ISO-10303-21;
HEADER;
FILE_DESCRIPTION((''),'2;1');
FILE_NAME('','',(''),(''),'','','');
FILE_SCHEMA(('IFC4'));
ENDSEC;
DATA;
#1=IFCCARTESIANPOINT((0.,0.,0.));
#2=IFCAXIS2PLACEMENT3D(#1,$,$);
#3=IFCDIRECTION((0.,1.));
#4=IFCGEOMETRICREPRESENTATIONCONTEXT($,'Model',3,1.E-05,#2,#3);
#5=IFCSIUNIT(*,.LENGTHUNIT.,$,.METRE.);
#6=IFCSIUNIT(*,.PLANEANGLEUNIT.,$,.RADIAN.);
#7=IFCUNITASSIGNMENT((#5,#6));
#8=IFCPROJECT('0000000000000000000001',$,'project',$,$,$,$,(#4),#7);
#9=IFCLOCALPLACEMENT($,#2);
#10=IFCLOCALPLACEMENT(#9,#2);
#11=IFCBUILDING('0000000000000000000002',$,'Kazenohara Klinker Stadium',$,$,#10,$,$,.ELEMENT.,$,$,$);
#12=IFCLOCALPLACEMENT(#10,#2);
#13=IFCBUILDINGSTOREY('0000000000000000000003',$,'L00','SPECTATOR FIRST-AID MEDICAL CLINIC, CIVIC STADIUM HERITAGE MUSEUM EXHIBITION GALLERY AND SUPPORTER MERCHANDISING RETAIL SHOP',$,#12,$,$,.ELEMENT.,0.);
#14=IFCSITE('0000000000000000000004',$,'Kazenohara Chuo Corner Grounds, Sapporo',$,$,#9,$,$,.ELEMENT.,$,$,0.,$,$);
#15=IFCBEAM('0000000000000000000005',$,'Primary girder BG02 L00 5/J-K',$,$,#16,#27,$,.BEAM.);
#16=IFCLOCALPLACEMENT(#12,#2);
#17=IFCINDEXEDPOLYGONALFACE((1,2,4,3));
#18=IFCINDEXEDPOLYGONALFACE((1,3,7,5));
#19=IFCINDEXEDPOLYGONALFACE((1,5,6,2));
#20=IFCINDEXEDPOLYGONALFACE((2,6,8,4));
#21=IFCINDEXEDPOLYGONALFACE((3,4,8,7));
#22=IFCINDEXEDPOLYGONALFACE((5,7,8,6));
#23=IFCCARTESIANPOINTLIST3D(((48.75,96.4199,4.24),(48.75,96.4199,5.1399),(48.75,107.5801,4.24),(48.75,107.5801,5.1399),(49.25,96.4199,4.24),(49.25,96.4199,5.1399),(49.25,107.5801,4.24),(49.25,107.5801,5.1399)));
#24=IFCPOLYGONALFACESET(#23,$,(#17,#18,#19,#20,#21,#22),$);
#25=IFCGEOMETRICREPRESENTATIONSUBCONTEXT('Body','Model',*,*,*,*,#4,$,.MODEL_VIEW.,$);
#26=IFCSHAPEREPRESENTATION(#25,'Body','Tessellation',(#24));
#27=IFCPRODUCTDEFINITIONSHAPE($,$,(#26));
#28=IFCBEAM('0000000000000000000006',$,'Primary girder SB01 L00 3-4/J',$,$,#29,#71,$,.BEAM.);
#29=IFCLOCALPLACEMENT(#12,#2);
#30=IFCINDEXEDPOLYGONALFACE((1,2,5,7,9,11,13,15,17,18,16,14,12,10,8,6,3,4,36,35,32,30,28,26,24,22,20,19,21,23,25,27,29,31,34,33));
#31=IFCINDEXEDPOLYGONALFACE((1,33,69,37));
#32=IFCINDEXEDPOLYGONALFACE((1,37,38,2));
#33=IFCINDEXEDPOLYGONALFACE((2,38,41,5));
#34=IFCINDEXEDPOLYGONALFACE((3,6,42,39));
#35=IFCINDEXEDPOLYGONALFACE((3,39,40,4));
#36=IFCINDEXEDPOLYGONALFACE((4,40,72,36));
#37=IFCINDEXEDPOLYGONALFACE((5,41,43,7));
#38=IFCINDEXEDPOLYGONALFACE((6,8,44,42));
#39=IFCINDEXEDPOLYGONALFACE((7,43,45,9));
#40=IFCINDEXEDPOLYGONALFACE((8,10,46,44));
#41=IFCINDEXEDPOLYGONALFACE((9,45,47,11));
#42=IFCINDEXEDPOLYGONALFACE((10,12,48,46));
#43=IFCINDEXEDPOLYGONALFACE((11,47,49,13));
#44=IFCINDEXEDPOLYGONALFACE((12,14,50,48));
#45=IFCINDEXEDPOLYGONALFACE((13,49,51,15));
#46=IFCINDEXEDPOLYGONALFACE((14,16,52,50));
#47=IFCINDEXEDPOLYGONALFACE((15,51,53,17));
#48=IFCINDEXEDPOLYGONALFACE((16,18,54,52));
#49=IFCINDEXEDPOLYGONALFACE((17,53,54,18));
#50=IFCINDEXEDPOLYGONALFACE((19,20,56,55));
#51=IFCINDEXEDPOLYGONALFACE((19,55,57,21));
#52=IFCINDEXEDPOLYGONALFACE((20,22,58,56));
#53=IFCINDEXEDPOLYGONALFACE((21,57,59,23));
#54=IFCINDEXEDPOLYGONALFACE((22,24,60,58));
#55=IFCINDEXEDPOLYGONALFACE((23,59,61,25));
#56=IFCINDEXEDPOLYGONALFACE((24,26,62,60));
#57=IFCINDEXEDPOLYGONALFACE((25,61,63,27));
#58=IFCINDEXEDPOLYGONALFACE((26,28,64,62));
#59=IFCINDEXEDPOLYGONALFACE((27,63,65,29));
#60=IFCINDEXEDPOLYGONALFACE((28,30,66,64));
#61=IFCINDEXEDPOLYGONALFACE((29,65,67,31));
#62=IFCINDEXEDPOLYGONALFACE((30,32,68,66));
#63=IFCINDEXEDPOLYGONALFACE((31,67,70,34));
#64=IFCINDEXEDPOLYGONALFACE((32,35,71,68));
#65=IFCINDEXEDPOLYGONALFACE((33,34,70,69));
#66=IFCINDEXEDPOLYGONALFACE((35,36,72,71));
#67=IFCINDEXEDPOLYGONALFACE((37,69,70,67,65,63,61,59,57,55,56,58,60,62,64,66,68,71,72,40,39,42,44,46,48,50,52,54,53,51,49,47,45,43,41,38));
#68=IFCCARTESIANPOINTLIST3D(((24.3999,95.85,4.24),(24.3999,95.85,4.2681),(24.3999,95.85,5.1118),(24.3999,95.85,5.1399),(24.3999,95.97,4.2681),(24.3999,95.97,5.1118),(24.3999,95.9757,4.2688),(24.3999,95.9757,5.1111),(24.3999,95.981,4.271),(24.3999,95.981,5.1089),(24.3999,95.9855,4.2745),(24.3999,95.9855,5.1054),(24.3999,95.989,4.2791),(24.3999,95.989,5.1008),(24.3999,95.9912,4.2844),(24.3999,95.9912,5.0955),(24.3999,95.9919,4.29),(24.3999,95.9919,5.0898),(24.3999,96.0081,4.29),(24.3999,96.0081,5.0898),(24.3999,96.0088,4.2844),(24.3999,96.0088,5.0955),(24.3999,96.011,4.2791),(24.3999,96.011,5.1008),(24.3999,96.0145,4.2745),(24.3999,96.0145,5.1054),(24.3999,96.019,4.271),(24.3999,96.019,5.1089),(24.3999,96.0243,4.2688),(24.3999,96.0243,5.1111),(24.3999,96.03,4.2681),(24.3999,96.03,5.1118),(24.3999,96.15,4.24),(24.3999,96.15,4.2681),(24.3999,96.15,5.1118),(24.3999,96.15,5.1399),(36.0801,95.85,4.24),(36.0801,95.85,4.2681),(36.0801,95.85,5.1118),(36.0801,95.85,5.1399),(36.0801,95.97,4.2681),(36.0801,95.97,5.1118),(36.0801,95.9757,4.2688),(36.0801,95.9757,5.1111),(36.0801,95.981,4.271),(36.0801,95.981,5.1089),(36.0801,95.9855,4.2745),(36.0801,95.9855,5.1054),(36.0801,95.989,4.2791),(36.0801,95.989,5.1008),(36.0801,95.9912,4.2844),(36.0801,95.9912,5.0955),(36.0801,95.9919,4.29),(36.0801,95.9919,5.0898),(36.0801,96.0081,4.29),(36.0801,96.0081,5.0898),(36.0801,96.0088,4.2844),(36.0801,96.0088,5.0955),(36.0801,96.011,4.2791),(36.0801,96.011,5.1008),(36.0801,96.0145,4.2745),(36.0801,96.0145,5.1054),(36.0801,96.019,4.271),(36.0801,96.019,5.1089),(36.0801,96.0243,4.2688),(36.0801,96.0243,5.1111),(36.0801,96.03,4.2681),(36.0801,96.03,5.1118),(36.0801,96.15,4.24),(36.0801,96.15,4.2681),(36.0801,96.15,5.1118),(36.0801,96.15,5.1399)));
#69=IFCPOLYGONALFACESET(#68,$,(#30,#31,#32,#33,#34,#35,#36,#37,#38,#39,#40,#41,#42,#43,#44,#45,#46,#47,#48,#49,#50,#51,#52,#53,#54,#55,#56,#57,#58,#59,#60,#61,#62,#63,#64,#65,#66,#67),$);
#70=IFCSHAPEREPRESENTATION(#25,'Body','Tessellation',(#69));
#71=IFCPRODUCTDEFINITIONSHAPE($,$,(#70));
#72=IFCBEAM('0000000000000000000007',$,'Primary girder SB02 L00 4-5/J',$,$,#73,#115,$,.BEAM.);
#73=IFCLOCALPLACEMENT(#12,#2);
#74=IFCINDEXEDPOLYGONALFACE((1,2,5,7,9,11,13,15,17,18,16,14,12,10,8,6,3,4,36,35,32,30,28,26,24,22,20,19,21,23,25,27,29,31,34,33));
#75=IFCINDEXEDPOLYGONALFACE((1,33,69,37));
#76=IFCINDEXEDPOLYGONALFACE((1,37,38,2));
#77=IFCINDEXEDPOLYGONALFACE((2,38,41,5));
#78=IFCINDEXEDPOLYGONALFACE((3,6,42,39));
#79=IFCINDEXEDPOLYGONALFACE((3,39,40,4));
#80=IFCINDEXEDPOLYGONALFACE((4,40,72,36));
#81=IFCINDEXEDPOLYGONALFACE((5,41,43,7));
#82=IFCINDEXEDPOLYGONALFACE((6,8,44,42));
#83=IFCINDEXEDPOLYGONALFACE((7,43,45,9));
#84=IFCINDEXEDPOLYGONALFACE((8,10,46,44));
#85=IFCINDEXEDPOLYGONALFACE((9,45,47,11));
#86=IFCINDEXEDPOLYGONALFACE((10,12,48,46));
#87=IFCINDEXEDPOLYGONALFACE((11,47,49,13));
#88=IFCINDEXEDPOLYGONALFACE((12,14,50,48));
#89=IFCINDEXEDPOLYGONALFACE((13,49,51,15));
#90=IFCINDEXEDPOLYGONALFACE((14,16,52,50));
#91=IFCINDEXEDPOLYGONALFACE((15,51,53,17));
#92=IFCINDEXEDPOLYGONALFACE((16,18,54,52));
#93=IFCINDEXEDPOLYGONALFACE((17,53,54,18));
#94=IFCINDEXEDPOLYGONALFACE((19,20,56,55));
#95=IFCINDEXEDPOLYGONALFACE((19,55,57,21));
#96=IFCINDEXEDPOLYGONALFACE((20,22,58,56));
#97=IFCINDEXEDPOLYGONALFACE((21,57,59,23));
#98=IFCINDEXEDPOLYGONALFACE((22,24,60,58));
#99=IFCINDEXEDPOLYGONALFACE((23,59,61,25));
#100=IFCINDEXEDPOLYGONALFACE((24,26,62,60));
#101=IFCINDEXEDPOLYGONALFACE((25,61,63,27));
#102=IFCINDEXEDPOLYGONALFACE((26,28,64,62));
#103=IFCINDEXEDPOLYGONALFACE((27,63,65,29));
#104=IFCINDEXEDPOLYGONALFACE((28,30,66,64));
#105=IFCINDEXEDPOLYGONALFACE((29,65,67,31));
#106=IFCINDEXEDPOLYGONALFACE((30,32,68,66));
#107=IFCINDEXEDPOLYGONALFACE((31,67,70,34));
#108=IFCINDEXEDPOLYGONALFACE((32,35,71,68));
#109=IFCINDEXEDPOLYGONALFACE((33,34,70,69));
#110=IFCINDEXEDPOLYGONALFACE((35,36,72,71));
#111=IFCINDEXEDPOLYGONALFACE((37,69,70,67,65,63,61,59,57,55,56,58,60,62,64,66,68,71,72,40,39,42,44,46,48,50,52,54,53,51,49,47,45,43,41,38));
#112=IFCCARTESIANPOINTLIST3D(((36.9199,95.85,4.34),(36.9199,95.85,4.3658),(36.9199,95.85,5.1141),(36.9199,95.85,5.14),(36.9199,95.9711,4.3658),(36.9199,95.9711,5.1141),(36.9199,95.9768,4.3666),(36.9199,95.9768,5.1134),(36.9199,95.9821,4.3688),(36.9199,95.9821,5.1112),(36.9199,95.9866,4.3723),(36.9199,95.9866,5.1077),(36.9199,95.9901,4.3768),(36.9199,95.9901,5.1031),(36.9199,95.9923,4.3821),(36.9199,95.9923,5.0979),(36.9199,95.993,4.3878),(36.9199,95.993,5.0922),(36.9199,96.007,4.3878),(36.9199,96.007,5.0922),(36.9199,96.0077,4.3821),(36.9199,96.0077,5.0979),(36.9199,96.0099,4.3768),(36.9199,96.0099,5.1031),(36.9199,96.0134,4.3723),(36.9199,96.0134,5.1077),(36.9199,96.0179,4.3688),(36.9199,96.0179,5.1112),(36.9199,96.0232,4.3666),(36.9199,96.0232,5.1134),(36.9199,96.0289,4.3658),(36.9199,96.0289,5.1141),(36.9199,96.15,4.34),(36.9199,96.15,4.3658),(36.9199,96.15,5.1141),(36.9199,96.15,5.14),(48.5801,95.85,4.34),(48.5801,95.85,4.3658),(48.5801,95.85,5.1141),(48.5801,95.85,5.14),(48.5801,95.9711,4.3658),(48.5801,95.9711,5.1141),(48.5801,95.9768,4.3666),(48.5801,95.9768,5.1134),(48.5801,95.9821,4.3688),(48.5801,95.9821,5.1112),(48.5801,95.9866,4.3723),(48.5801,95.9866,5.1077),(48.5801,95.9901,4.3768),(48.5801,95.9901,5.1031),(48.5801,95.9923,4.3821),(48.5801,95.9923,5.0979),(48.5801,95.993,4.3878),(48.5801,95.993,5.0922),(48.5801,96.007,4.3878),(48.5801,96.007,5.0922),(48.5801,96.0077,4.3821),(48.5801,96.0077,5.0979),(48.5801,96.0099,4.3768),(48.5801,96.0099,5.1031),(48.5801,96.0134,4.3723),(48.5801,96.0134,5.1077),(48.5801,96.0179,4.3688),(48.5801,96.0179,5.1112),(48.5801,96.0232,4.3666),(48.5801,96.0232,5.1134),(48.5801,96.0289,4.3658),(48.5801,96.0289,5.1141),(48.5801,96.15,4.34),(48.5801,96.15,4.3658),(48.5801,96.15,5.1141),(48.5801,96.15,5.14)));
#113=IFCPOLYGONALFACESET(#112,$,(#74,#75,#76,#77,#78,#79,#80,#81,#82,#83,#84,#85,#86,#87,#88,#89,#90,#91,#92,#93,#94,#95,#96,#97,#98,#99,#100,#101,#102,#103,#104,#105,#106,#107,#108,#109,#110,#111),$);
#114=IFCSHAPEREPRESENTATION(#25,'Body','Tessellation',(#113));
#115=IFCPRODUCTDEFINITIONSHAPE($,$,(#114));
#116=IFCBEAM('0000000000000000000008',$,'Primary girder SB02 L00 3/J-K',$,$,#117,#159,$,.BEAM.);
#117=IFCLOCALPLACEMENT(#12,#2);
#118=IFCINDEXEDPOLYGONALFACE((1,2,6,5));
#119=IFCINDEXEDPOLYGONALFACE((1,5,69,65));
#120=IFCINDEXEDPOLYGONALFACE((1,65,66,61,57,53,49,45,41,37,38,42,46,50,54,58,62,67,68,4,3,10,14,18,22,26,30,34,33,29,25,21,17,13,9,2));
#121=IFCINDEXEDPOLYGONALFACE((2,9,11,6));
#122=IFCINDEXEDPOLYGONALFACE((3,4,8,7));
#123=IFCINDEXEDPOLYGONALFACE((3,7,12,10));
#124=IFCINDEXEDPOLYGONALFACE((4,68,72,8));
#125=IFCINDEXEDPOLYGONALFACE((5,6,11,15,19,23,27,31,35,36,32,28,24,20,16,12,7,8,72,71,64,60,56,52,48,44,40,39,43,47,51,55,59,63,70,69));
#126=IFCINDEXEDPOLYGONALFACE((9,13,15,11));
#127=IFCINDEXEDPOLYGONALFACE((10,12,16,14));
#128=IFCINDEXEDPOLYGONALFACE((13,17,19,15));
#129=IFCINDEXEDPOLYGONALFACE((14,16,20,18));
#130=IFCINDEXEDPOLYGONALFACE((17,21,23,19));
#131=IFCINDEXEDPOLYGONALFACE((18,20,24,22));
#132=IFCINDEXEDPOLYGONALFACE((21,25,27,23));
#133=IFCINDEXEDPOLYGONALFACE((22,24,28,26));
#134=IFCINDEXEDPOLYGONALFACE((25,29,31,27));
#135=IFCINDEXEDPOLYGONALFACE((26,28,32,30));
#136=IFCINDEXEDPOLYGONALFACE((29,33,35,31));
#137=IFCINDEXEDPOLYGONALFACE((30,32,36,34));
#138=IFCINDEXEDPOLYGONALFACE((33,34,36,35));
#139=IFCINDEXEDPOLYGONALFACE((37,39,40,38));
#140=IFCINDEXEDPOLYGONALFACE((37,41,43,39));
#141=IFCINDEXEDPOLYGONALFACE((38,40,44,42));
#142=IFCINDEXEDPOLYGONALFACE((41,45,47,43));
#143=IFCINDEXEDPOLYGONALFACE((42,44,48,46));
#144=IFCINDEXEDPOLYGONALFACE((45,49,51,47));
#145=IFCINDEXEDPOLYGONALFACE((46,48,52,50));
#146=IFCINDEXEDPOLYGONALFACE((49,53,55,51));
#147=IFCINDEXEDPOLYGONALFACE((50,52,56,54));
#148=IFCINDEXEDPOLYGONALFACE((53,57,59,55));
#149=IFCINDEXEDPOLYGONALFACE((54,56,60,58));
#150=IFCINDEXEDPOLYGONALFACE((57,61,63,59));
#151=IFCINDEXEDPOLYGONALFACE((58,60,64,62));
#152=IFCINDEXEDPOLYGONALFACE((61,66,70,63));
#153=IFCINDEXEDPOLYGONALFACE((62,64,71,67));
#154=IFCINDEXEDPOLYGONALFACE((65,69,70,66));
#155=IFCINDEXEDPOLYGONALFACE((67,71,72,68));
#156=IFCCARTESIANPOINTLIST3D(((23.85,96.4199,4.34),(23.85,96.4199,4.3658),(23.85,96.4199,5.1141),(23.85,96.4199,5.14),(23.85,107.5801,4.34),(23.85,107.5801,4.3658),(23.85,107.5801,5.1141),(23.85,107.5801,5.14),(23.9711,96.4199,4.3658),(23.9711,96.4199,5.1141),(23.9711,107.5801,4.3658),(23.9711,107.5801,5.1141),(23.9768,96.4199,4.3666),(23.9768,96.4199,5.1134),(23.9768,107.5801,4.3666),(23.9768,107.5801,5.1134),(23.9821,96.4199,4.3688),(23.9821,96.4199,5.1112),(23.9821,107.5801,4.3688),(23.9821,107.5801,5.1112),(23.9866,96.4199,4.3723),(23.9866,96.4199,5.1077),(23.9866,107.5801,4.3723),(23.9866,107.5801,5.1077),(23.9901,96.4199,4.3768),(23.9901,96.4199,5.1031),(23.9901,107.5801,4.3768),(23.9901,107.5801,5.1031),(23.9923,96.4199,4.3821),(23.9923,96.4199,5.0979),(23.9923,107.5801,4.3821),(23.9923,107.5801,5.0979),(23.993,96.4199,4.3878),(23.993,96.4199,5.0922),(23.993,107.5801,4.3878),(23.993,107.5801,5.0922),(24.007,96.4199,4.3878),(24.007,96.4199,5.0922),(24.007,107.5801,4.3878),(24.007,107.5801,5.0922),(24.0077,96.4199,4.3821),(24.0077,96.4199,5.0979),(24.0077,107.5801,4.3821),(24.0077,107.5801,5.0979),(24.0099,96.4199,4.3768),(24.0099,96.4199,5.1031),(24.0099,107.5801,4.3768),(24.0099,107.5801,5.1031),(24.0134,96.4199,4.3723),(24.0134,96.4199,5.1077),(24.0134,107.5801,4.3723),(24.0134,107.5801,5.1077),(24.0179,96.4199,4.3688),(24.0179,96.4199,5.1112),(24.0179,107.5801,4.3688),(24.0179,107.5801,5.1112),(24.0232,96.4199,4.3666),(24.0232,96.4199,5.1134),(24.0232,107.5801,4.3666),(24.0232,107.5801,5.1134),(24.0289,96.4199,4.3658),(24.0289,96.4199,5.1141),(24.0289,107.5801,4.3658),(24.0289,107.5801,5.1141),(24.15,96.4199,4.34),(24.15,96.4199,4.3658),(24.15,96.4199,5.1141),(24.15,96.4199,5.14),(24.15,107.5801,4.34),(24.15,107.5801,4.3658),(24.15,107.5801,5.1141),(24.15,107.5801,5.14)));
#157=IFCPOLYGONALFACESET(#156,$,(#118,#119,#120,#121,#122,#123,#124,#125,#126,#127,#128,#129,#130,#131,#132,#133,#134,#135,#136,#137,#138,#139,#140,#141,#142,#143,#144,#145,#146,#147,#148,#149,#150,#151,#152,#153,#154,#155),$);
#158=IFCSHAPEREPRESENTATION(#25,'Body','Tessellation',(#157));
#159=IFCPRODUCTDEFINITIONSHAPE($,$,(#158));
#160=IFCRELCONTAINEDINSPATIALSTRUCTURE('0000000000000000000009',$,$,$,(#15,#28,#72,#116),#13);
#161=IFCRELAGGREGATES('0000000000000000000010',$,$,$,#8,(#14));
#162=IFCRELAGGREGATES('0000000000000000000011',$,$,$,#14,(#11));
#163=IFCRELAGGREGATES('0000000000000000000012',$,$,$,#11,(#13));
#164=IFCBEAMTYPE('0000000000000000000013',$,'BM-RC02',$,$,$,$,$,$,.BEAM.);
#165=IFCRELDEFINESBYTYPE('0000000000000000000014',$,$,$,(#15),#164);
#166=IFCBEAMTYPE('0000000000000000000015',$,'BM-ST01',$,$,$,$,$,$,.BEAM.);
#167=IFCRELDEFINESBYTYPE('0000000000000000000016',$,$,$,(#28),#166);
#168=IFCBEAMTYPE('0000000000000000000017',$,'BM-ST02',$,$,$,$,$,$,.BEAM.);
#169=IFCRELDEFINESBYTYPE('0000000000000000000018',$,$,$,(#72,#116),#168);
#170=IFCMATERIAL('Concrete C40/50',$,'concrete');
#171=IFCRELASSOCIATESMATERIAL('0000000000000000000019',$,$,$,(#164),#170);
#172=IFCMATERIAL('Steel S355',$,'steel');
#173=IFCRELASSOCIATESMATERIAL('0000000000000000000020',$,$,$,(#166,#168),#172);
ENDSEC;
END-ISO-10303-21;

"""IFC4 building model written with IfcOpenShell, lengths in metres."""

from ifc_helpers import new_model, si_unit, direction, frame, origin, origin_2d, place, context, subcontext, project, spatial, rectangle, i_section, extrude, material, material_profile, profile_set, type_object, element, save


model = new_model("IFC4")

# Units and contexts
model_context = context("Model", 3, precision=1e-05, world=origin(), true_north=direction((0.0, 1.0)))
body_context = subcontext(model_context, "Body", "Model", "MODEL_VIEW")
ifc_project = project(units=[si_unit("LENGTHUNIT", "METRE"), si_unit("PLANEANGLEUNIT", "RADIAN")], contexts=[model_context])

# Site, building, storey
site_placement = place(None, origin())
site = spatial("IfcSite", under=ifc_project, at=site_placement, Name="Kazenohara Chuo Corner Grounds, Sapporo", CompositionType="ELEMENT", RefElevation=0.0)
building_placement = place(site_placement, origin())
building = spatial("IfcBuilding", under=site, at=building_placement, Name="Kazenohara Klinker Stadium", CompositionType="ELEMENT")
storey_placement = place(building_placement, origin())
storey = spatial("IfcBuildingStorey", under=building, at=storey_placement, Name="L00", Description="SPECTATOR FIRST-AID MEDICAL CLINIC, CIVIC STADIUM HERITAGE MUSEUM EXHIBITION GALLERY AND SUPPORTER MERCHANDISING RETAIL SHOP", CompositionType="ELEMENT", Elevation=0.0)

# Shared definitions
ifc_material_1 = material(Name="Concrete C40/50", Category="concrete")

# Beams
ifc_material_2 = material(Name="Steel S355", Category="steel")
ifc_material_profile_1 = material_profile(ifc_material_1, rectangle(XDim=0.5, YDim=0.8999, at=origin_2d()), Name="RC-BM-500x900")
ifc_profile_set_1 = profile_set([ifc_material_profile_1], Name="Concrete C40/50")
beam_type_1 = type_object("IfcBeamType", Name="BM-RC02", PredefinedType="BEAM", material=ifc_profile_set_1)
for number, where, z_axis, x_axis, name in (
    (1, (49.0, 96.4199, 4.6899), (0.0, 1.0, 0.0), (-1.0, 0.0, 0.0), "Primary girder BG02 L00 5/J-K"),
):
    element("IfcBeam", number, at=place(storey_placement, frame(where, z_axis=z_axis, x_axis=x_axis)), inside=storey, type_object=beam_type_1, Name=name, PredefinedType="BEAM", context=body_context, shape_type="SweptSolid", body=[
        extrude(rectangle(XDim=0.5, YDim=0.8999, at=origin_2d()), origin(), (0.0, 0.0, 1.0), 11.1602),
    ])
ifc_material_profile_2 = material_profile(ifc_material_2, i_section(OverallWidth=0.3, OverallDepth=0.8999, WebThickness=0.0161, FlangeThickness=0.0281, FilletRadius=0.022, at=origin_2d()), Name="H-900x300x16x28")
ifc_profile_set_2 = profile_set([ifc_material_profile_2], Name="Steel S355")
beam_type_2 = type_object("IfcBeamType", Name="BM-ST01", PredefinedType="BEAM", material=ifc_profile_set_2)
beam_1_placement = place(storey_placement, frame((24.3999, 96.0, 4.6899), z_axis=(1.0, 0.0, 0.0), x_axis=(0.0, 1.0, 0.0)))
element("IfcBeam", 2, at=beam_1_placement, inside=storey, type_object=beam_type_2, Name="Primary girder SB01 L00 3-4/J", PredefinedType="BEAM", context=body_context, shape_type="SweptSolid", body=[
    extrude(i_section(OverallWidth=0.3, OverallDepth=0.8999, WebThickness=0.0161, FlangeThickness=0.0281, FilletRadius=0.022, at=origin_2d()), origin(), (0.0, 0.0, 1.0), 11.6802),
])
ifc_material_profile_3 = material_profile(ifc_material_2, i_section(OverallWidth=0.3, OverallDepth=0.8, WebThickness=0.0139, FlangeThickness=0.0259, FilletRadius=0.022, at=origin_2d()), Name="H-800x300x14x26")
ifc_profile_set_3 = profile_set([ifc_material_profile_3], Name="Steel S355")
beam_type_3 = type_object("IfcBeamType", Name="BM-ST02", PredefinedType="BEAM", material=ifc_profile_set_3)
beam_2_placement = place(storey_placement, frame((36.9199, 96.0, 4.74), z_axis=(1.0, 0.0, 0.0), x_axis=(0.0, 1.0, 0.0)))
element("IfcBeam", 3, at=beam_2_placement, inside=storey, type_object=beam_type_3, Name="Primary girder SB02 L00 4-5/J", PredefinedType="BEAM", context=body_context, shape_type="SweptSolid", body=[
    extrude(i_section(OverallWidth=0.3, OverallDepth=0.8, WebThickness=0.0139, FlangeThickness=0.0259, FilletRadius=0.022, at=origin_2d()), origin(), (0.0, 0.0, 1.0), 11.6602),
])
for number, where, z_axis, x_axis, name in (
    (4, (24.0, 96.4199, 4.74), (0.0, 1.0, 0.0), (-1.0, 0.0, 0.0), "Primary girder SB02 L00 3/J-K"),
):
    element("IfcBeam", number, at=place(storey_placement, frame(where, z_axis=z_axis, x_axis=x_axis)), inside=storey, type_object=beam_type_3, Name=name, PredefinedType="BEAM", context=body_context, shape_type="SweptSolid", body=[
        extrude(i_section(OverallWidth=0.3, OverallDepth=0.8, WebThickness=0.0139, FlangeThickness=0.0259, FilletRadius=0.022, at=origin_2d()), origin(), (0.0, 0.0, 1.0), 11.1602),
    ])

save(model, "model.ifc")
